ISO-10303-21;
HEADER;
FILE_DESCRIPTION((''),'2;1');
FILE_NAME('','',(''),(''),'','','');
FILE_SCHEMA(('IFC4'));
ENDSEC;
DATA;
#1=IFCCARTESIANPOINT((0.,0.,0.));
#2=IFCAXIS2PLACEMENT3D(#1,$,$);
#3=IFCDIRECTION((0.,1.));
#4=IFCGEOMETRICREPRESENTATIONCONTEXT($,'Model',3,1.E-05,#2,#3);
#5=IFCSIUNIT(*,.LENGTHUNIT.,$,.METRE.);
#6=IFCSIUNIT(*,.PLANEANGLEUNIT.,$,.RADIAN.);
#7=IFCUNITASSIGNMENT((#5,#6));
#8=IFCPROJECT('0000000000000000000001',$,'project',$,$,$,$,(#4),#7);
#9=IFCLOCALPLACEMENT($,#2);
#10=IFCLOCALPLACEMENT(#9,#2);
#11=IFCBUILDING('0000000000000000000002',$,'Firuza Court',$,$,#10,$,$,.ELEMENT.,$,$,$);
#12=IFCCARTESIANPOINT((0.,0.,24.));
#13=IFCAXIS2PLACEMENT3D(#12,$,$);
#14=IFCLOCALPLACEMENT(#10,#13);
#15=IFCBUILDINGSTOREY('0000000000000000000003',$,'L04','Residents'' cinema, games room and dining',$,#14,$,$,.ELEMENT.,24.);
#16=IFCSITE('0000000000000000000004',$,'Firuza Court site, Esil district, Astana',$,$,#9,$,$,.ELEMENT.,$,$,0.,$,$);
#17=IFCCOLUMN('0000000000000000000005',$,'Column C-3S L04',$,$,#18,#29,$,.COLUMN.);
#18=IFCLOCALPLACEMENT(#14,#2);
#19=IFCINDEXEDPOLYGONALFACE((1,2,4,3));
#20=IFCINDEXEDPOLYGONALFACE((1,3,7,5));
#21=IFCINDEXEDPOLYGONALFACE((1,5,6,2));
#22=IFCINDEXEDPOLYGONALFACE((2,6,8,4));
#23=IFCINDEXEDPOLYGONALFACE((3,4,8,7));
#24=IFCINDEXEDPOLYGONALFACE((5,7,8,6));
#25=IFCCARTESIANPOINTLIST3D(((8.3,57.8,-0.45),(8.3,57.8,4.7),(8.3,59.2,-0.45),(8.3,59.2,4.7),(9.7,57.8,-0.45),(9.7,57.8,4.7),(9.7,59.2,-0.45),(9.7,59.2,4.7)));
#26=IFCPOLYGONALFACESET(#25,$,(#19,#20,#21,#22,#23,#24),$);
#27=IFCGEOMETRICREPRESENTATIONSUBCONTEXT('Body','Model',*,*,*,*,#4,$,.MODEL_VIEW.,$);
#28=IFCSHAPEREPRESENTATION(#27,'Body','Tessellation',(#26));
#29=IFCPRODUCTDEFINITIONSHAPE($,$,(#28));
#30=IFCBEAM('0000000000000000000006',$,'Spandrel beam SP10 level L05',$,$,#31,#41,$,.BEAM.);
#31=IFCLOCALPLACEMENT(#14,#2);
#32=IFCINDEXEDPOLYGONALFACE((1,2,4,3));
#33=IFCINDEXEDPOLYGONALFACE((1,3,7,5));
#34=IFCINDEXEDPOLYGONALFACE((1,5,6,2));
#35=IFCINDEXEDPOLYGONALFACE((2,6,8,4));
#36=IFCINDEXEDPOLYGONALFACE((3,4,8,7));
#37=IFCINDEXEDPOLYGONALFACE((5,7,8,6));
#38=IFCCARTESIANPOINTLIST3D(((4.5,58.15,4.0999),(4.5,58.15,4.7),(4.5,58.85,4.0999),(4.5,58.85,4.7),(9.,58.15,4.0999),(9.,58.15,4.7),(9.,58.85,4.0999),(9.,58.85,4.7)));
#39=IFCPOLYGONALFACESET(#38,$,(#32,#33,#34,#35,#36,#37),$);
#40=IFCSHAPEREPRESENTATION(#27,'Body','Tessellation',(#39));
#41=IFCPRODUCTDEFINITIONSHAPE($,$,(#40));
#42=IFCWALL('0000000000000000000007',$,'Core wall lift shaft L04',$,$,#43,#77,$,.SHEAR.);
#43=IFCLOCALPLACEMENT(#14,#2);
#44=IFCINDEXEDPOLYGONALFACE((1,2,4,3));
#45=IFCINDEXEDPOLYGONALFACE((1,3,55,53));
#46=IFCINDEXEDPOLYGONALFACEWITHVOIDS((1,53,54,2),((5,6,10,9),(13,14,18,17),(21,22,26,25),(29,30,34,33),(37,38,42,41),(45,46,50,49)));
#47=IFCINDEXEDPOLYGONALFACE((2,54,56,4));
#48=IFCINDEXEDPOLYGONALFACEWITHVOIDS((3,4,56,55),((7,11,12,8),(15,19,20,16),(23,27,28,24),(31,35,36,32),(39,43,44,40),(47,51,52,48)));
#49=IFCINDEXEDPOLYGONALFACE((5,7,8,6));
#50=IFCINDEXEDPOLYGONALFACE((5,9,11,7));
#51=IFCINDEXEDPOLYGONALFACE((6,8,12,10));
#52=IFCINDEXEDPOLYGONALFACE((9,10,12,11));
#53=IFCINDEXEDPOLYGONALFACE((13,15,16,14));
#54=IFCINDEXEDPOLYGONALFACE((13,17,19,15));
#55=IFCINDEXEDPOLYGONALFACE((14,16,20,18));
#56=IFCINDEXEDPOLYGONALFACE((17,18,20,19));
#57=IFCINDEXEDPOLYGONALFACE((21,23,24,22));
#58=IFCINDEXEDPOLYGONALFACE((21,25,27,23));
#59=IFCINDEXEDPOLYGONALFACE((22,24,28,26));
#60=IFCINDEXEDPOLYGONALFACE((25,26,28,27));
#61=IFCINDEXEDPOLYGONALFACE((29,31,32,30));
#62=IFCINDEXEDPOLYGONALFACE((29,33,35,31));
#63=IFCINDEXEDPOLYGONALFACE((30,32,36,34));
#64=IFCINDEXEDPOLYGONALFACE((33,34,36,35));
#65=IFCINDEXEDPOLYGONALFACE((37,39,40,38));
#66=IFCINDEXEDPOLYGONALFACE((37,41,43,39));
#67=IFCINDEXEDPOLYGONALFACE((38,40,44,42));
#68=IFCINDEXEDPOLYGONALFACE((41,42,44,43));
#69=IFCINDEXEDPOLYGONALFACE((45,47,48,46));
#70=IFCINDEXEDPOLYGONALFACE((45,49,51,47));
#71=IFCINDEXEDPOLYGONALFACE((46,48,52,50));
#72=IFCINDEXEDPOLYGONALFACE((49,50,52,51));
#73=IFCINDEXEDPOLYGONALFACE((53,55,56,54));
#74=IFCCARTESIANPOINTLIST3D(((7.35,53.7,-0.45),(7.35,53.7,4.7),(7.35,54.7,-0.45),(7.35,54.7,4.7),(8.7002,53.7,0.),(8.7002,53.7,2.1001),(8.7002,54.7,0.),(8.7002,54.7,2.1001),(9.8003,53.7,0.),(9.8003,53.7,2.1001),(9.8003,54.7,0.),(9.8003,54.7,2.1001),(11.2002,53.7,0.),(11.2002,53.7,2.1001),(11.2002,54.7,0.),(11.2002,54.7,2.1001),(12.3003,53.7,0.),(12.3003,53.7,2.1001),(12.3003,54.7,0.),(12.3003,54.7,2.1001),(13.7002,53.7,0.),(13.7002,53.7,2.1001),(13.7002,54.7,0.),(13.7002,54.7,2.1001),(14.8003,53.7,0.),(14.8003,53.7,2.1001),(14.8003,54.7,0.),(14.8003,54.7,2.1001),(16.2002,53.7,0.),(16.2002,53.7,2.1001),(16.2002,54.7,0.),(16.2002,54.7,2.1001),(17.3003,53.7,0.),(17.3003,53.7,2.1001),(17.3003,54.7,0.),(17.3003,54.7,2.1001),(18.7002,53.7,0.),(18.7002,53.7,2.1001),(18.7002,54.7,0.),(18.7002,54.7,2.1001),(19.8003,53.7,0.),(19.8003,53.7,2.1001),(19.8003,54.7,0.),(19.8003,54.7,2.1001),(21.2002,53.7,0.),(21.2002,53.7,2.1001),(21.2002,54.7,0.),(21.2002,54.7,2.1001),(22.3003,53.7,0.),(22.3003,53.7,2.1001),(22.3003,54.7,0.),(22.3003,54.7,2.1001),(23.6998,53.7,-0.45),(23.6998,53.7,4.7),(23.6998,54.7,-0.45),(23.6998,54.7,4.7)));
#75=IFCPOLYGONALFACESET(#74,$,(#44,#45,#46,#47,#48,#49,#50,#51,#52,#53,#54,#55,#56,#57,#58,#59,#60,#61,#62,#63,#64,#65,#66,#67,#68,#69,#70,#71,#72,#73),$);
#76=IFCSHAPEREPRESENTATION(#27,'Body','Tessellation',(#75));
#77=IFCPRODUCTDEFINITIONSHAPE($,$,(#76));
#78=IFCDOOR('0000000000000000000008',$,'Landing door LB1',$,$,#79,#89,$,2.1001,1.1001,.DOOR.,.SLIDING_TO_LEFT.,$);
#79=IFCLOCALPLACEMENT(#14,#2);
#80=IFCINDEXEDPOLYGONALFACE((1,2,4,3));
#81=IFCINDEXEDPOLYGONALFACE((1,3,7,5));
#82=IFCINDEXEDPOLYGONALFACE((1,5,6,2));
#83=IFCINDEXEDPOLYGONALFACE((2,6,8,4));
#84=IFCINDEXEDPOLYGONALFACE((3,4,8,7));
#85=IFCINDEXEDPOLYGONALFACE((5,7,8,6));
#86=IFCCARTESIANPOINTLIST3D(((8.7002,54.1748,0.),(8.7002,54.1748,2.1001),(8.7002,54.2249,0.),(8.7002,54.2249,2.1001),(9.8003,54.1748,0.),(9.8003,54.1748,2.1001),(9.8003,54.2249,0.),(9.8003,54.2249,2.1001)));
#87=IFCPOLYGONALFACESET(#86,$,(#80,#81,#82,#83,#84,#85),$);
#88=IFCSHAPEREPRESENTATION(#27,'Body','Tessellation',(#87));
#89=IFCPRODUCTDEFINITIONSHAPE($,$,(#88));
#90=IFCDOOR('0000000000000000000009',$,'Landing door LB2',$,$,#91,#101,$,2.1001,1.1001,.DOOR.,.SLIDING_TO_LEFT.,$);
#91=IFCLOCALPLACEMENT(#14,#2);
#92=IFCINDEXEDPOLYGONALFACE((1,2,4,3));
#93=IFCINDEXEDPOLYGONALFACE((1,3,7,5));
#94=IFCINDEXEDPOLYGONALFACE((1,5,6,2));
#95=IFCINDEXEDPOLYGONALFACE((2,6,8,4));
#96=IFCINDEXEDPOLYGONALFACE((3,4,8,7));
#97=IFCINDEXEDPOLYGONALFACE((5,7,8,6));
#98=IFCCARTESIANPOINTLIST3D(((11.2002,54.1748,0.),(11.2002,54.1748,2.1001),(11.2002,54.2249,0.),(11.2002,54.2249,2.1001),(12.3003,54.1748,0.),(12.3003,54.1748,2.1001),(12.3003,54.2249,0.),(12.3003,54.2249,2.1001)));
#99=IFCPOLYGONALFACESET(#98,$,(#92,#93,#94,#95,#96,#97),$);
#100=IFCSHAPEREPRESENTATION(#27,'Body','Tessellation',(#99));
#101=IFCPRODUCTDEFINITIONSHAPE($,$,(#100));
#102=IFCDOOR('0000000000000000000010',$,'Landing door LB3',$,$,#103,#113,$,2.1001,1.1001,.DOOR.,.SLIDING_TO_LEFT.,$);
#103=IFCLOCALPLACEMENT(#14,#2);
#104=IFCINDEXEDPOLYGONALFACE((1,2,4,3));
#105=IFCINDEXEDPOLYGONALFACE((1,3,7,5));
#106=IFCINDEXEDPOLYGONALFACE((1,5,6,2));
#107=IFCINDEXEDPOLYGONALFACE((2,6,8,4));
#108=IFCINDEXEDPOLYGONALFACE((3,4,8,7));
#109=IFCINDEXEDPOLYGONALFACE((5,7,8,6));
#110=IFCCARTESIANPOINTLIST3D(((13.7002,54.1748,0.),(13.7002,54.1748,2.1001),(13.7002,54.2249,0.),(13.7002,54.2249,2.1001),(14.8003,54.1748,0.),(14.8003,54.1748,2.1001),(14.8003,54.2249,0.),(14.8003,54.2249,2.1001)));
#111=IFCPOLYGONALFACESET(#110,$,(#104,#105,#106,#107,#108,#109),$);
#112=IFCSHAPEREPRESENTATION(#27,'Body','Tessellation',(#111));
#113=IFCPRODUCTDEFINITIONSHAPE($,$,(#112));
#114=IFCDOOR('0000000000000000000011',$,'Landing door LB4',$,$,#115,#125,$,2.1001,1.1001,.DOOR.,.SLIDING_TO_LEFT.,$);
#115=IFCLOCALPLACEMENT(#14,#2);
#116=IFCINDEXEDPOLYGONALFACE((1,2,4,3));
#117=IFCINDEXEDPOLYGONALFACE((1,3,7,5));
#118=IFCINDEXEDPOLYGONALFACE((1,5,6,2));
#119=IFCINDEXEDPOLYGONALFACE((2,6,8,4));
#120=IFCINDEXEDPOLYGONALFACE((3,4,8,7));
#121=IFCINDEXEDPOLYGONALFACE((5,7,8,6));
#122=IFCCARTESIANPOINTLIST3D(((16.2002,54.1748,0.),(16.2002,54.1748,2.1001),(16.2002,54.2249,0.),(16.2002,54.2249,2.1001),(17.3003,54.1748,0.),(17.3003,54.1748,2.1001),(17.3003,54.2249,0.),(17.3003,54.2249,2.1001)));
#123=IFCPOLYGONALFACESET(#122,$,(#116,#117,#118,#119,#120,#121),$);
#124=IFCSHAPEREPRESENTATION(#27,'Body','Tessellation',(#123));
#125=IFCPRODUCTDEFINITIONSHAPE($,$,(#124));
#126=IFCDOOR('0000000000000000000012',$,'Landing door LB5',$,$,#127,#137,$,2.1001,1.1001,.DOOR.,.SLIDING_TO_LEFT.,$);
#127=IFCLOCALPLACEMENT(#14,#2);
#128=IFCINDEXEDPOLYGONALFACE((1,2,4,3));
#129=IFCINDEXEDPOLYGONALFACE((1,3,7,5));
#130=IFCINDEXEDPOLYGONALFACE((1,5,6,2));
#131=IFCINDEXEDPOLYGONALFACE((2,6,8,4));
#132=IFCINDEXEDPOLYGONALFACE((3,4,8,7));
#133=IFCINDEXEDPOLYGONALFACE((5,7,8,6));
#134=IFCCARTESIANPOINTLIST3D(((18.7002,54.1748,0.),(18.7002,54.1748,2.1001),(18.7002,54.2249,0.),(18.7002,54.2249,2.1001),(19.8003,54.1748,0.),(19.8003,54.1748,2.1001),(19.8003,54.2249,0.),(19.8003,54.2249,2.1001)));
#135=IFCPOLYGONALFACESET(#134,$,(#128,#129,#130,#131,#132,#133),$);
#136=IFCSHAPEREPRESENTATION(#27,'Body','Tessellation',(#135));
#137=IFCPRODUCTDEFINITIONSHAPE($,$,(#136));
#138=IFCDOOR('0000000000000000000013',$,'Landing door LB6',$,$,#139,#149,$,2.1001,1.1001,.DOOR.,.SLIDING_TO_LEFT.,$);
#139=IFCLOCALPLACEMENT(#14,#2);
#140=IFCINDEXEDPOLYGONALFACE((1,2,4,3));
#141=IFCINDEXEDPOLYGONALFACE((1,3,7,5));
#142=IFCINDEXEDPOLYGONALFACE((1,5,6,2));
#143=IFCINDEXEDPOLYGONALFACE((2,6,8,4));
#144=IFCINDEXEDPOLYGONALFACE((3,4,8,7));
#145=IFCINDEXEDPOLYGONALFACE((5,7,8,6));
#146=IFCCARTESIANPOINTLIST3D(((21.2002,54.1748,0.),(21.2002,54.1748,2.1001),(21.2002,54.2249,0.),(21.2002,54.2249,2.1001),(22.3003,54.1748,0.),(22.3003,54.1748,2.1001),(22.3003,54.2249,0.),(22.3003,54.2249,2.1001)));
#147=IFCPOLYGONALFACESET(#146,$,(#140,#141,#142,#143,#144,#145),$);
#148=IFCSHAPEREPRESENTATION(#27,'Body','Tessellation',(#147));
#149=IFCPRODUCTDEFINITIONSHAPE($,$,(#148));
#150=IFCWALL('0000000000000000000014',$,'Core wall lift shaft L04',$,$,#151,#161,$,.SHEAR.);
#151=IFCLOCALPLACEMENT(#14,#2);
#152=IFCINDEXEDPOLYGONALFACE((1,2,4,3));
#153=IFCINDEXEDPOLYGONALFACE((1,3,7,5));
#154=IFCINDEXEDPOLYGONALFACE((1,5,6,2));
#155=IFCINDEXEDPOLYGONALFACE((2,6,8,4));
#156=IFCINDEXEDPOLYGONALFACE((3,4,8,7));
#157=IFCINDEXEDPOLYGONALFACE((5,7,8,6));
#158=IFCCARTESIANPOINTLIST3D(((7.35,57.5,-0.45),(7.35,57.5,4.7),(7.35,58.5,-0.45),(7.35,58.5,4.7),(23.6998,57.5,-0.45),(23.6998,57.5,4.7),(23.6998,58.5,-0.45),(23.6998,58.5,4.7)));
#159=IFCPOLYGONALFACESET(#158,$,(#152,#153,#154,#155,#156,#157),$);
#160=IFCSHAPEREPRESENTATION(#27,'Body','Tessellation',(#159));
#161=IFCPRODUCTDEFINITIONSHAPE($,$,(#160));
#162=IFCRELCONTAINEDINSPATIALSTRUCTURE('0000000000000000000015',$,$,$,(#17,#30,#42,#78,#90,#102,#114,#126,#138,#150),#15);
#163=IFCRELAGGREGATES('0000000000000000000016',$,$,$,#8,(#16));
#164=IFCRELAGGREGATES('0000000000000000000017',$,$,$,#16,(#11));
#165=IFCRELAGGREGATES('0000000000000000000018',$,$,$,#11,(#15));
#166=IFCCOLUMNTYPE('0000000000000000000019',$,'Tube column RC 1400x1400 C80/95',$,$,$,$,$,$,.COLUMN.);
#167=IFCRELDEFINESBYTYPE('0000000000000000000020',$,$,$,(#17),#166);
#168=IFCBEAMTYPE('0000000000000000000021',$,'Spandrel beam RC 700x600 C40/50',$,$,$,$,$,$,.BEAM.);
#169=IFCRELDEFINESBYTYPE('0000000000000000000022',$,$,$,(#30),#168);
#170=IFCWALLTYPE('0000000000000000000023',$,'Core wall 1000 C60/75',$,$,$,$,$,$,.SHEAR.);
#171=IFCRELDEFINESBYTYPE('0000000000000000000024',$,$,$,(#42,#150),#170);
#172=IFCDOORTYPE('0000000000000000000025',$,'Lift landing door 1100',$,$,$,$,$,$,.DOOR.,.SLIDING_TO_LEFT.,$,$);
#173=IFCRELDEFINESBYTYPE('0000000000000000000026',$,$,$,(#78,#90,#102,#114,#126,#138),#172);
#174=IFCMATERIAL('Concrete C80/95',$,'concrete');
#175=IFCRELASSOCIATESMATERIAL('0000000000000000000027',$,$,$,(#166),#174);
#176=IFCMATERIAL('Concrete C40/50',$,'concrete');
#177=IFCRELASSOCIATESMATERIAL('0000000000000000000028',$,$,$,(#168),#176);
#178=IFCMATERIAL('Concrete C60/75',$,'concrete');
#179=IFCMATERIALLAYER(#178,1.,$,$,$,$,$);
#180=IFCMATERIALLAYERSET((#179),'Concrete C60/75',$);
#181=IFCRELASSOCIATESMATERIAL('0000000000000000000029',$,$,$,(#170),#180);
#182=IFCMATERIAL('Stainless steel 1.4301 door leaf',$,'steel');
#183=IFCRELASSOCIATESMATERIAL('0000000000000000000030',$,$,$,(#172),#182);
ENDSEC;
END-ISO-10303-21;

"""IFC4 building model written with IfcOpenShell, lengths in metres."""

from ifc_helpers import new_model, si_unit, direction, frame, frame_2d, origin, origin_2d, place, context, subcontext, project, spatial, rectangle, extrude, material, layer, layer_set, material_profile, profile_set, type_object, element, fill, save


model = new_model("IFC4")

# Units and contexts
model_context = context("Model", 3, precision=1e-05, world=origin(), true_north=direction((0.0, 1.0)))
body_context = subcontext(model_context, "Body", "Model", "MODEL_VIEW")
ifc_project = project(units=[si_unit("LENGTHUNIT", "METRE"), si_unit("PLANEANGLEUNIT", "RADIAN")], contexts=[model_context])

# Site, building, storey
site_placement = place(None, origin())
site = spatial("IfcSite", under=ifc_project, at=site_placement, Name="Firuza Court site, Esil district, Astana", CompositionType="ELEMENT", RefElevation=0.0)
building_placement = place(site_placement, origin())
building = spatial("IfcBuilding", under=site, at=building_placement, Name="Firuza Court", CompositionType="ELEMENT")
storey_placement = place(building_placement, frame((0.0, 0.0, 24.0)))
storey = spatial("IfcBuildingStorey", under=building, at=storey_placement, Name="L04", Description="Residents' cinema, games room and dining", CompositionType="ELEMENT", Elevation=24.0)

# Column
ifc_material_1 = material(Name="Concrete C80/95", Category="concrete")
ifc_material_profile_1 = material_profile(ifc_material_1, rectangle(XDim=1.3999, YDim=1.3999, at=origin_2d()), Name="RC 1400x1400")
ifc_profile_set_1 = profile_set([ifc_material_profile_1], Name="Concrete C80/95")
column_type = type_object("IfcColumnType", Name="Tube column RC 1400x1400 C80/95", PredefinedType="COLUMN", material=ifc_profile_set_1)
column_placement = place(storey_placement, frame((9.0, 58.5, -0.45), z_axis=(0.0, 0.0, 1.0), x_axis=(1.0, 0.0, 0.0)))
element("IfcColumn", 1, at=column_placement, inside=storey, type_object=column_type, Name="Column C-3S L04", PredefinedType="COLUMN", context=body_context, shape_type="SweptSolid", body=[
    extrude(rectangle(XDim=1.3999, YDim=1.3999, at=origin_2d()), origin(), (0.0, 0.0, 1.0), 5.1499),
])

# Beam
ifc_material_2 = material(Name="Concrete C40/50", Category="concrete")
ifc_material_profile_2 = material_profile(ifc_material_2, rectangle(XDim=0.7, YDim=0.6001, at=origin_2d()), Name="RC 700x600")
ifc_profile_set_2 = profile_set([ifc_material_profile_2], Name="Concrete C40/50")
beam_type = type_object("IfcBeamType", Name="Spandrel beam RC 700x600 C40/50", PredefinedType="BEAM", material=ifc_profile_set_2)
beam_placement = place(storey_placement, frame((9.0, 58.5, 4.3999), z_axis=(-1.0, 0.0, 0.0), x_axis=(0.0, -1.0, 0.0)))
element("IfcBeam", 2, at=beam_placement, inside=storey, type_object=beam_type, Name="Spandrel beam SP10 level L05", PredefinedType="BEAM", context=body_context, shape_type="SweptSolid", body=[
    extrude(rectangle(XDim=0.7, YDim=0.6001, at=origin_2d()), origin(), (0.0, 0.0, 1.0), 4.5),
])

# Wall, openings, doors
ifc_material_3 = material(Name="Concrete C60/75", Category="concrete")
ifc_layer_1 = layer(ifc_material_3, 1.0)
ifc_layer_set_1 = layer_set([ifc_layer_1], Name="Concrete C60/75")
wall_type_1 = type_object("IfcWallType", Name="Core wall 1000 C60/75", PredefinedType="SHEAR", material=ifc_layer_set_1)
wall_1_placement = place(storey_placement, frame((7.3501, 54.2, -0.45), z_axis=(0.0, 0.0, 1.0), x_axis=(1.0, 0.0, 0.0)))
wall_1 = element("IfcWall", 3, at=wall_1_placement, inside=storey, type_object=wall_type_1, Name="Core wall lift shaft L04", PredefinedType="SHEAR", context=body_context, shape_type="SweptSolid", body=[
    extrude(rectangle(XDim=16.3499, YDim=1.0, at=frame_2d((8.1748, 0.0))), origin(), (0.0, 0.0, 1.0), 5.1499),
])
opening_1_placement = place(wall_1_placement, frame((1.3501, 0.0, 0.45)))
opening_1 = element("IfcOpeningElement", 4, at=opening_1_placement, cuts=wall_1, PredefinedType="OPENING", context=body_context, shape_type="SweptSolid", body=[
    extrude(rectangle(XDim=1.1001, YDim=2.1001, at=frame_2d((0.55, 1.05))), frame((0.0, 0.512, 0.0), z_axis=(0.0, -1.0, 0.0), x_axis=(1.0, 0.0, 0.0)), (0.0, 0.0, 1.0), 1.0239),
])
opening_2_placement = place(wall_1_placement, frame((3.8501, 0.0, 0.45)))
opening_2 = element("IfcOpeningElement", 5, at=opening_2_placement, cuts=wall_1, PredefinedType="OPENING", context=body_context, shape_type="SweptSolid", body=[
    extrude(rectangle(XDim=1.1001, YDim=2.1001, at=frame_2d((0.55, 1.05))), frame((0.0, 0.512, 0.0), z_axis=(0.0, -1.0, 0.0), x_axis=(1.0, 0.0, 0.0)), (0.0, 0.0, 1.0), 1.0239),
])
opening_3_placement = place(wall_1_placement, frame((6.3501, 0.0, 0.45)))
opening_3 = element("IfcOpeningElement", 6, at=opening_3_placement, cuts=wall_1, PredefinedType="OPENING", context=body_context, shape_type="SweptSolid", body=[
    extrude(rectangle(XDim=1.1001, YDim=2.1001, at=frame_2d((0.55, 1.05))), frame((0.0, 0.512, 0.0), z_axis=(0.0, -1.0, 0.0), x_axis=(1.0, 0.0, 0.0)), (0.0, 0.0, 1.0), 1.0239),
])
opening_4_placement = place(wall_1_placement, frame((8.8501, 0.0, 0.45)))
opening_4 = element("IfcOpeningElement", 7, at=opening_4_placement, cuts=wall_1, PredefinedType="OPENING", context=body_context, shape_type="SweptSolid", body=[
    extrude(rectangle(XDim=1.1001, YDim=2.1001, at=frame_2d((0.55, 1.05))), frame((0.0, 0.512, 0.0), z_axis=(0.0, -1.0, 0.0), x_axis=(1.0, 0.0, 0.0)), (0.0, 0.0, 1.0), 1.0239),
])
opening_5_placement = place(wall_1_placement, frame((11.3501, 0.0, 0.45)))
opening_5 = element("IfcOpeningElement", 8, at=opening_5_placement, cuts=wall_1, PredefinedType="OPENING", context=body_context, shape_type="SweptSolid", body=[
    extrude(rectangle(XDim=1.1001, YDim=2.1001, at=frame_2d((0.55, 1.05))), frame((0.0, 0.512, 0.0), z_axis=(0.0, -1.0, 0.0), x_axis=(1.0, 0.0, 0.0)), (0.0, 0.0, 1.0), 1.0239),
])
opening_6_placement = place(wall_1_placement, frame((13.8501, 0.0, 0.45)))
opening_6 = element("IfcOpeningElement", 9, at=opening_6_placement, cuts=wall_1, PredefinedType="OPENING", context=body_context, shape_type="SweptSolid", body=[
    extrude(rectangle(XDim=1.1001, YDim=2.1001, at=frame_2d((0.55, 1.05))), frame((0.0, 0.512, 0.0), z_axis=(0.0, -1.0, 0.0), x_axis=(1.0, 0.0, 0.0)), (0.0, 0.0, 1.0), 1.0239),
])
ifc_material_4 = material(Name="Stainless steel 1.4301 door leaf", Category="steel")
door_type_1 = type_object("IfcDoorType", Name="Lift landing door 1100", OperationType="SLIDING_TO_LEFT", PredefinedType="DOOR", material=ifc_material_4)
door_1_placement = place(opening_1_placement, origin())
door_1 = element("IfcDoor", 10, at=door_1_placement, inside=storey, type_object=door_type_1, Name="Landing door LB1", OperationType="SLIDING_TO_LEFT", OverallHeight=2.1001, OverallWidth=1.1001, PredefinedType="DOOR", context=body_context, shape_type="SweptSolid", body=[
    extrude(rectangle(XDim=1.1001, YDim=2.1001, at=frame_2d((0.55, 1.05))), frame((0.0, 0.0249, 0.0), z_axis=(0.0, -1.0, 0.0), x_axis=(1.0, 0.0, 0.0)), (0.0, 0.0, 1.0), 0.05),
])
fill(opening_1, door_1)
door_2_placement = place(opening_2_placement, origin())
door_2 = element("IfcDoor", 11, at=door_2_placement, inside=storey, type_object=door_type_1, Name="Landing door LB2", OperationType="SLIDING_TO_LEFT", OverallHeight=2.1001, OverallWidth=1.1001, PredefinedType="DOOR", context=body_context, shape_type="SweptSolid", body=[
    extrude(rectangle(XDim=1.1001, YDim=2.1001, at=frame_2d((0.55, 1.05))), frame((0.0, 0.0249, 0.0), z_axis=(0.0, -1.0, 0.0), x_axis=(1.0, 0.0, 0.0)), (0.0, 0.0, 1.0), 0.05),
])
fill(opening_2, door_2)
door_3_placement = place(opening_3_placement, origin())
door_3 = element("IfcDoor", 12, at=door_3_placement, inside=storey, type_object=door_type_1, Name="Landing door LB3", OperationType="SLIDING_TO_LEFT", OverallHeight=2.1001, OverallWidth=1.1001, PredefinedType="DOOR", context=body_context, shape_type="SweptSolid", body=[
    extrude(rectangle(XDim=1.1001, YDim=2.1001, at=frame_2d((0.55, 1.05))), frame((0.0, 0.0249, 0.0), z_axis=(0.0, -1.0, 0.0), x_axis=(1.0, 0.0, 0.0)), (0.0, 0.0, 1.0), 0.05),
])
fill(opening_3, door_3)
door_4_placement = place(opening_4_placement, origin())
door_4 = element("IfcDoor", 13, at=door_4_placement, inside=storey, type_object=door_type_1, Name="Landing door LB4", OperationType="SLIDING_TO_LEFT", OverallHeight=2.1001, OverallWidth=1.1001, PredefinedType="DOOR", context=body_context, shape_type="SweptSolid", body=[
    extrude(rectangle(XDim=1.1001, YDim=2.1001, at=frame_2d((0.55, 1.05))), frame((0.0, 0.0249, 0.0), z_axis=(0.0, -1.0, 0.0), x_axis=(1.0, 0.0, 0.0)), (0.0, 0.0, 1.0), 0.05),
])
fill(opening_4, door_4)
door_5_placement = place(opening_5_placement, origin())
door_5 = element("IfcDoor", 14, at=door_5_placement, inside=storey, type_object=door_type_1, Name="Landing door LB5", OperationType="SLIDING_TO_LEFT", OverallHeight=2.1001, OverallWidth=1.1001, PredefinedType="DOOR", context=body_context, shape_type="SweptSolid", body=[
    extrude(rectangle(XDim=1.1001, YDim=2.1001, at=frame_2d((0.55, 1.05))), frame((0.0, 0.0249, 0.0), z_axis=(0.0, -1.0, 0.0), x_axis=(1.0, 0.0, 0.0)), (0.0, 0.0, 1.0), 0.05),
])
fill(opening_5, door_5)
door_6_placement = place(opening_6_placement, origin())
door_6 = element("IfcDoor", 15, at=door_6_placement, inside=storey, type_object=door_type_1, Name="Landing door LB6", OperationType="SLIDING_TO_LEFT", OverallHeight=2.1001, OverallWidth=1.1001, PredefinedType="DOOR", context=body_context, shape_type="SweptSolid", body=[
    extrude(rectangle(XDim=1.1001, YDim=2.1001, at=frame_2d((0.55, 1.05))), frame((0.0, 0.0249, 0.0), z_axis=(0.0, -1.0, 0.0), x_axis=(1.0, 0.0, 0.0)), (0.0, 0.0, 1.0), 0.05),
])
fill(opening_6, door_6)

# Wall
wall_2_placement = place(storey_placement, frame((7.3501, 58.0, -0.45), z_axis=(0.0, 0.0, 1.0), x_axis=(1.0, 0.0, 0.0)))
element("IfcWall", 16, at=wall_2_placement, inside=storey, type_object=wall_type_1, Name="Core wall lift shaft L04", PredefinedType="SHEAR", context=body_context, shape_type="SweptSolid", body=[
    extrude(rectangle(XDim=16.3499, YDim=1.0, at=frame_2d((8.1748, 0.0))), origin(), (0.0, 0.0, 1.0), 5.1499),
])

save(model, "model.ifc")
